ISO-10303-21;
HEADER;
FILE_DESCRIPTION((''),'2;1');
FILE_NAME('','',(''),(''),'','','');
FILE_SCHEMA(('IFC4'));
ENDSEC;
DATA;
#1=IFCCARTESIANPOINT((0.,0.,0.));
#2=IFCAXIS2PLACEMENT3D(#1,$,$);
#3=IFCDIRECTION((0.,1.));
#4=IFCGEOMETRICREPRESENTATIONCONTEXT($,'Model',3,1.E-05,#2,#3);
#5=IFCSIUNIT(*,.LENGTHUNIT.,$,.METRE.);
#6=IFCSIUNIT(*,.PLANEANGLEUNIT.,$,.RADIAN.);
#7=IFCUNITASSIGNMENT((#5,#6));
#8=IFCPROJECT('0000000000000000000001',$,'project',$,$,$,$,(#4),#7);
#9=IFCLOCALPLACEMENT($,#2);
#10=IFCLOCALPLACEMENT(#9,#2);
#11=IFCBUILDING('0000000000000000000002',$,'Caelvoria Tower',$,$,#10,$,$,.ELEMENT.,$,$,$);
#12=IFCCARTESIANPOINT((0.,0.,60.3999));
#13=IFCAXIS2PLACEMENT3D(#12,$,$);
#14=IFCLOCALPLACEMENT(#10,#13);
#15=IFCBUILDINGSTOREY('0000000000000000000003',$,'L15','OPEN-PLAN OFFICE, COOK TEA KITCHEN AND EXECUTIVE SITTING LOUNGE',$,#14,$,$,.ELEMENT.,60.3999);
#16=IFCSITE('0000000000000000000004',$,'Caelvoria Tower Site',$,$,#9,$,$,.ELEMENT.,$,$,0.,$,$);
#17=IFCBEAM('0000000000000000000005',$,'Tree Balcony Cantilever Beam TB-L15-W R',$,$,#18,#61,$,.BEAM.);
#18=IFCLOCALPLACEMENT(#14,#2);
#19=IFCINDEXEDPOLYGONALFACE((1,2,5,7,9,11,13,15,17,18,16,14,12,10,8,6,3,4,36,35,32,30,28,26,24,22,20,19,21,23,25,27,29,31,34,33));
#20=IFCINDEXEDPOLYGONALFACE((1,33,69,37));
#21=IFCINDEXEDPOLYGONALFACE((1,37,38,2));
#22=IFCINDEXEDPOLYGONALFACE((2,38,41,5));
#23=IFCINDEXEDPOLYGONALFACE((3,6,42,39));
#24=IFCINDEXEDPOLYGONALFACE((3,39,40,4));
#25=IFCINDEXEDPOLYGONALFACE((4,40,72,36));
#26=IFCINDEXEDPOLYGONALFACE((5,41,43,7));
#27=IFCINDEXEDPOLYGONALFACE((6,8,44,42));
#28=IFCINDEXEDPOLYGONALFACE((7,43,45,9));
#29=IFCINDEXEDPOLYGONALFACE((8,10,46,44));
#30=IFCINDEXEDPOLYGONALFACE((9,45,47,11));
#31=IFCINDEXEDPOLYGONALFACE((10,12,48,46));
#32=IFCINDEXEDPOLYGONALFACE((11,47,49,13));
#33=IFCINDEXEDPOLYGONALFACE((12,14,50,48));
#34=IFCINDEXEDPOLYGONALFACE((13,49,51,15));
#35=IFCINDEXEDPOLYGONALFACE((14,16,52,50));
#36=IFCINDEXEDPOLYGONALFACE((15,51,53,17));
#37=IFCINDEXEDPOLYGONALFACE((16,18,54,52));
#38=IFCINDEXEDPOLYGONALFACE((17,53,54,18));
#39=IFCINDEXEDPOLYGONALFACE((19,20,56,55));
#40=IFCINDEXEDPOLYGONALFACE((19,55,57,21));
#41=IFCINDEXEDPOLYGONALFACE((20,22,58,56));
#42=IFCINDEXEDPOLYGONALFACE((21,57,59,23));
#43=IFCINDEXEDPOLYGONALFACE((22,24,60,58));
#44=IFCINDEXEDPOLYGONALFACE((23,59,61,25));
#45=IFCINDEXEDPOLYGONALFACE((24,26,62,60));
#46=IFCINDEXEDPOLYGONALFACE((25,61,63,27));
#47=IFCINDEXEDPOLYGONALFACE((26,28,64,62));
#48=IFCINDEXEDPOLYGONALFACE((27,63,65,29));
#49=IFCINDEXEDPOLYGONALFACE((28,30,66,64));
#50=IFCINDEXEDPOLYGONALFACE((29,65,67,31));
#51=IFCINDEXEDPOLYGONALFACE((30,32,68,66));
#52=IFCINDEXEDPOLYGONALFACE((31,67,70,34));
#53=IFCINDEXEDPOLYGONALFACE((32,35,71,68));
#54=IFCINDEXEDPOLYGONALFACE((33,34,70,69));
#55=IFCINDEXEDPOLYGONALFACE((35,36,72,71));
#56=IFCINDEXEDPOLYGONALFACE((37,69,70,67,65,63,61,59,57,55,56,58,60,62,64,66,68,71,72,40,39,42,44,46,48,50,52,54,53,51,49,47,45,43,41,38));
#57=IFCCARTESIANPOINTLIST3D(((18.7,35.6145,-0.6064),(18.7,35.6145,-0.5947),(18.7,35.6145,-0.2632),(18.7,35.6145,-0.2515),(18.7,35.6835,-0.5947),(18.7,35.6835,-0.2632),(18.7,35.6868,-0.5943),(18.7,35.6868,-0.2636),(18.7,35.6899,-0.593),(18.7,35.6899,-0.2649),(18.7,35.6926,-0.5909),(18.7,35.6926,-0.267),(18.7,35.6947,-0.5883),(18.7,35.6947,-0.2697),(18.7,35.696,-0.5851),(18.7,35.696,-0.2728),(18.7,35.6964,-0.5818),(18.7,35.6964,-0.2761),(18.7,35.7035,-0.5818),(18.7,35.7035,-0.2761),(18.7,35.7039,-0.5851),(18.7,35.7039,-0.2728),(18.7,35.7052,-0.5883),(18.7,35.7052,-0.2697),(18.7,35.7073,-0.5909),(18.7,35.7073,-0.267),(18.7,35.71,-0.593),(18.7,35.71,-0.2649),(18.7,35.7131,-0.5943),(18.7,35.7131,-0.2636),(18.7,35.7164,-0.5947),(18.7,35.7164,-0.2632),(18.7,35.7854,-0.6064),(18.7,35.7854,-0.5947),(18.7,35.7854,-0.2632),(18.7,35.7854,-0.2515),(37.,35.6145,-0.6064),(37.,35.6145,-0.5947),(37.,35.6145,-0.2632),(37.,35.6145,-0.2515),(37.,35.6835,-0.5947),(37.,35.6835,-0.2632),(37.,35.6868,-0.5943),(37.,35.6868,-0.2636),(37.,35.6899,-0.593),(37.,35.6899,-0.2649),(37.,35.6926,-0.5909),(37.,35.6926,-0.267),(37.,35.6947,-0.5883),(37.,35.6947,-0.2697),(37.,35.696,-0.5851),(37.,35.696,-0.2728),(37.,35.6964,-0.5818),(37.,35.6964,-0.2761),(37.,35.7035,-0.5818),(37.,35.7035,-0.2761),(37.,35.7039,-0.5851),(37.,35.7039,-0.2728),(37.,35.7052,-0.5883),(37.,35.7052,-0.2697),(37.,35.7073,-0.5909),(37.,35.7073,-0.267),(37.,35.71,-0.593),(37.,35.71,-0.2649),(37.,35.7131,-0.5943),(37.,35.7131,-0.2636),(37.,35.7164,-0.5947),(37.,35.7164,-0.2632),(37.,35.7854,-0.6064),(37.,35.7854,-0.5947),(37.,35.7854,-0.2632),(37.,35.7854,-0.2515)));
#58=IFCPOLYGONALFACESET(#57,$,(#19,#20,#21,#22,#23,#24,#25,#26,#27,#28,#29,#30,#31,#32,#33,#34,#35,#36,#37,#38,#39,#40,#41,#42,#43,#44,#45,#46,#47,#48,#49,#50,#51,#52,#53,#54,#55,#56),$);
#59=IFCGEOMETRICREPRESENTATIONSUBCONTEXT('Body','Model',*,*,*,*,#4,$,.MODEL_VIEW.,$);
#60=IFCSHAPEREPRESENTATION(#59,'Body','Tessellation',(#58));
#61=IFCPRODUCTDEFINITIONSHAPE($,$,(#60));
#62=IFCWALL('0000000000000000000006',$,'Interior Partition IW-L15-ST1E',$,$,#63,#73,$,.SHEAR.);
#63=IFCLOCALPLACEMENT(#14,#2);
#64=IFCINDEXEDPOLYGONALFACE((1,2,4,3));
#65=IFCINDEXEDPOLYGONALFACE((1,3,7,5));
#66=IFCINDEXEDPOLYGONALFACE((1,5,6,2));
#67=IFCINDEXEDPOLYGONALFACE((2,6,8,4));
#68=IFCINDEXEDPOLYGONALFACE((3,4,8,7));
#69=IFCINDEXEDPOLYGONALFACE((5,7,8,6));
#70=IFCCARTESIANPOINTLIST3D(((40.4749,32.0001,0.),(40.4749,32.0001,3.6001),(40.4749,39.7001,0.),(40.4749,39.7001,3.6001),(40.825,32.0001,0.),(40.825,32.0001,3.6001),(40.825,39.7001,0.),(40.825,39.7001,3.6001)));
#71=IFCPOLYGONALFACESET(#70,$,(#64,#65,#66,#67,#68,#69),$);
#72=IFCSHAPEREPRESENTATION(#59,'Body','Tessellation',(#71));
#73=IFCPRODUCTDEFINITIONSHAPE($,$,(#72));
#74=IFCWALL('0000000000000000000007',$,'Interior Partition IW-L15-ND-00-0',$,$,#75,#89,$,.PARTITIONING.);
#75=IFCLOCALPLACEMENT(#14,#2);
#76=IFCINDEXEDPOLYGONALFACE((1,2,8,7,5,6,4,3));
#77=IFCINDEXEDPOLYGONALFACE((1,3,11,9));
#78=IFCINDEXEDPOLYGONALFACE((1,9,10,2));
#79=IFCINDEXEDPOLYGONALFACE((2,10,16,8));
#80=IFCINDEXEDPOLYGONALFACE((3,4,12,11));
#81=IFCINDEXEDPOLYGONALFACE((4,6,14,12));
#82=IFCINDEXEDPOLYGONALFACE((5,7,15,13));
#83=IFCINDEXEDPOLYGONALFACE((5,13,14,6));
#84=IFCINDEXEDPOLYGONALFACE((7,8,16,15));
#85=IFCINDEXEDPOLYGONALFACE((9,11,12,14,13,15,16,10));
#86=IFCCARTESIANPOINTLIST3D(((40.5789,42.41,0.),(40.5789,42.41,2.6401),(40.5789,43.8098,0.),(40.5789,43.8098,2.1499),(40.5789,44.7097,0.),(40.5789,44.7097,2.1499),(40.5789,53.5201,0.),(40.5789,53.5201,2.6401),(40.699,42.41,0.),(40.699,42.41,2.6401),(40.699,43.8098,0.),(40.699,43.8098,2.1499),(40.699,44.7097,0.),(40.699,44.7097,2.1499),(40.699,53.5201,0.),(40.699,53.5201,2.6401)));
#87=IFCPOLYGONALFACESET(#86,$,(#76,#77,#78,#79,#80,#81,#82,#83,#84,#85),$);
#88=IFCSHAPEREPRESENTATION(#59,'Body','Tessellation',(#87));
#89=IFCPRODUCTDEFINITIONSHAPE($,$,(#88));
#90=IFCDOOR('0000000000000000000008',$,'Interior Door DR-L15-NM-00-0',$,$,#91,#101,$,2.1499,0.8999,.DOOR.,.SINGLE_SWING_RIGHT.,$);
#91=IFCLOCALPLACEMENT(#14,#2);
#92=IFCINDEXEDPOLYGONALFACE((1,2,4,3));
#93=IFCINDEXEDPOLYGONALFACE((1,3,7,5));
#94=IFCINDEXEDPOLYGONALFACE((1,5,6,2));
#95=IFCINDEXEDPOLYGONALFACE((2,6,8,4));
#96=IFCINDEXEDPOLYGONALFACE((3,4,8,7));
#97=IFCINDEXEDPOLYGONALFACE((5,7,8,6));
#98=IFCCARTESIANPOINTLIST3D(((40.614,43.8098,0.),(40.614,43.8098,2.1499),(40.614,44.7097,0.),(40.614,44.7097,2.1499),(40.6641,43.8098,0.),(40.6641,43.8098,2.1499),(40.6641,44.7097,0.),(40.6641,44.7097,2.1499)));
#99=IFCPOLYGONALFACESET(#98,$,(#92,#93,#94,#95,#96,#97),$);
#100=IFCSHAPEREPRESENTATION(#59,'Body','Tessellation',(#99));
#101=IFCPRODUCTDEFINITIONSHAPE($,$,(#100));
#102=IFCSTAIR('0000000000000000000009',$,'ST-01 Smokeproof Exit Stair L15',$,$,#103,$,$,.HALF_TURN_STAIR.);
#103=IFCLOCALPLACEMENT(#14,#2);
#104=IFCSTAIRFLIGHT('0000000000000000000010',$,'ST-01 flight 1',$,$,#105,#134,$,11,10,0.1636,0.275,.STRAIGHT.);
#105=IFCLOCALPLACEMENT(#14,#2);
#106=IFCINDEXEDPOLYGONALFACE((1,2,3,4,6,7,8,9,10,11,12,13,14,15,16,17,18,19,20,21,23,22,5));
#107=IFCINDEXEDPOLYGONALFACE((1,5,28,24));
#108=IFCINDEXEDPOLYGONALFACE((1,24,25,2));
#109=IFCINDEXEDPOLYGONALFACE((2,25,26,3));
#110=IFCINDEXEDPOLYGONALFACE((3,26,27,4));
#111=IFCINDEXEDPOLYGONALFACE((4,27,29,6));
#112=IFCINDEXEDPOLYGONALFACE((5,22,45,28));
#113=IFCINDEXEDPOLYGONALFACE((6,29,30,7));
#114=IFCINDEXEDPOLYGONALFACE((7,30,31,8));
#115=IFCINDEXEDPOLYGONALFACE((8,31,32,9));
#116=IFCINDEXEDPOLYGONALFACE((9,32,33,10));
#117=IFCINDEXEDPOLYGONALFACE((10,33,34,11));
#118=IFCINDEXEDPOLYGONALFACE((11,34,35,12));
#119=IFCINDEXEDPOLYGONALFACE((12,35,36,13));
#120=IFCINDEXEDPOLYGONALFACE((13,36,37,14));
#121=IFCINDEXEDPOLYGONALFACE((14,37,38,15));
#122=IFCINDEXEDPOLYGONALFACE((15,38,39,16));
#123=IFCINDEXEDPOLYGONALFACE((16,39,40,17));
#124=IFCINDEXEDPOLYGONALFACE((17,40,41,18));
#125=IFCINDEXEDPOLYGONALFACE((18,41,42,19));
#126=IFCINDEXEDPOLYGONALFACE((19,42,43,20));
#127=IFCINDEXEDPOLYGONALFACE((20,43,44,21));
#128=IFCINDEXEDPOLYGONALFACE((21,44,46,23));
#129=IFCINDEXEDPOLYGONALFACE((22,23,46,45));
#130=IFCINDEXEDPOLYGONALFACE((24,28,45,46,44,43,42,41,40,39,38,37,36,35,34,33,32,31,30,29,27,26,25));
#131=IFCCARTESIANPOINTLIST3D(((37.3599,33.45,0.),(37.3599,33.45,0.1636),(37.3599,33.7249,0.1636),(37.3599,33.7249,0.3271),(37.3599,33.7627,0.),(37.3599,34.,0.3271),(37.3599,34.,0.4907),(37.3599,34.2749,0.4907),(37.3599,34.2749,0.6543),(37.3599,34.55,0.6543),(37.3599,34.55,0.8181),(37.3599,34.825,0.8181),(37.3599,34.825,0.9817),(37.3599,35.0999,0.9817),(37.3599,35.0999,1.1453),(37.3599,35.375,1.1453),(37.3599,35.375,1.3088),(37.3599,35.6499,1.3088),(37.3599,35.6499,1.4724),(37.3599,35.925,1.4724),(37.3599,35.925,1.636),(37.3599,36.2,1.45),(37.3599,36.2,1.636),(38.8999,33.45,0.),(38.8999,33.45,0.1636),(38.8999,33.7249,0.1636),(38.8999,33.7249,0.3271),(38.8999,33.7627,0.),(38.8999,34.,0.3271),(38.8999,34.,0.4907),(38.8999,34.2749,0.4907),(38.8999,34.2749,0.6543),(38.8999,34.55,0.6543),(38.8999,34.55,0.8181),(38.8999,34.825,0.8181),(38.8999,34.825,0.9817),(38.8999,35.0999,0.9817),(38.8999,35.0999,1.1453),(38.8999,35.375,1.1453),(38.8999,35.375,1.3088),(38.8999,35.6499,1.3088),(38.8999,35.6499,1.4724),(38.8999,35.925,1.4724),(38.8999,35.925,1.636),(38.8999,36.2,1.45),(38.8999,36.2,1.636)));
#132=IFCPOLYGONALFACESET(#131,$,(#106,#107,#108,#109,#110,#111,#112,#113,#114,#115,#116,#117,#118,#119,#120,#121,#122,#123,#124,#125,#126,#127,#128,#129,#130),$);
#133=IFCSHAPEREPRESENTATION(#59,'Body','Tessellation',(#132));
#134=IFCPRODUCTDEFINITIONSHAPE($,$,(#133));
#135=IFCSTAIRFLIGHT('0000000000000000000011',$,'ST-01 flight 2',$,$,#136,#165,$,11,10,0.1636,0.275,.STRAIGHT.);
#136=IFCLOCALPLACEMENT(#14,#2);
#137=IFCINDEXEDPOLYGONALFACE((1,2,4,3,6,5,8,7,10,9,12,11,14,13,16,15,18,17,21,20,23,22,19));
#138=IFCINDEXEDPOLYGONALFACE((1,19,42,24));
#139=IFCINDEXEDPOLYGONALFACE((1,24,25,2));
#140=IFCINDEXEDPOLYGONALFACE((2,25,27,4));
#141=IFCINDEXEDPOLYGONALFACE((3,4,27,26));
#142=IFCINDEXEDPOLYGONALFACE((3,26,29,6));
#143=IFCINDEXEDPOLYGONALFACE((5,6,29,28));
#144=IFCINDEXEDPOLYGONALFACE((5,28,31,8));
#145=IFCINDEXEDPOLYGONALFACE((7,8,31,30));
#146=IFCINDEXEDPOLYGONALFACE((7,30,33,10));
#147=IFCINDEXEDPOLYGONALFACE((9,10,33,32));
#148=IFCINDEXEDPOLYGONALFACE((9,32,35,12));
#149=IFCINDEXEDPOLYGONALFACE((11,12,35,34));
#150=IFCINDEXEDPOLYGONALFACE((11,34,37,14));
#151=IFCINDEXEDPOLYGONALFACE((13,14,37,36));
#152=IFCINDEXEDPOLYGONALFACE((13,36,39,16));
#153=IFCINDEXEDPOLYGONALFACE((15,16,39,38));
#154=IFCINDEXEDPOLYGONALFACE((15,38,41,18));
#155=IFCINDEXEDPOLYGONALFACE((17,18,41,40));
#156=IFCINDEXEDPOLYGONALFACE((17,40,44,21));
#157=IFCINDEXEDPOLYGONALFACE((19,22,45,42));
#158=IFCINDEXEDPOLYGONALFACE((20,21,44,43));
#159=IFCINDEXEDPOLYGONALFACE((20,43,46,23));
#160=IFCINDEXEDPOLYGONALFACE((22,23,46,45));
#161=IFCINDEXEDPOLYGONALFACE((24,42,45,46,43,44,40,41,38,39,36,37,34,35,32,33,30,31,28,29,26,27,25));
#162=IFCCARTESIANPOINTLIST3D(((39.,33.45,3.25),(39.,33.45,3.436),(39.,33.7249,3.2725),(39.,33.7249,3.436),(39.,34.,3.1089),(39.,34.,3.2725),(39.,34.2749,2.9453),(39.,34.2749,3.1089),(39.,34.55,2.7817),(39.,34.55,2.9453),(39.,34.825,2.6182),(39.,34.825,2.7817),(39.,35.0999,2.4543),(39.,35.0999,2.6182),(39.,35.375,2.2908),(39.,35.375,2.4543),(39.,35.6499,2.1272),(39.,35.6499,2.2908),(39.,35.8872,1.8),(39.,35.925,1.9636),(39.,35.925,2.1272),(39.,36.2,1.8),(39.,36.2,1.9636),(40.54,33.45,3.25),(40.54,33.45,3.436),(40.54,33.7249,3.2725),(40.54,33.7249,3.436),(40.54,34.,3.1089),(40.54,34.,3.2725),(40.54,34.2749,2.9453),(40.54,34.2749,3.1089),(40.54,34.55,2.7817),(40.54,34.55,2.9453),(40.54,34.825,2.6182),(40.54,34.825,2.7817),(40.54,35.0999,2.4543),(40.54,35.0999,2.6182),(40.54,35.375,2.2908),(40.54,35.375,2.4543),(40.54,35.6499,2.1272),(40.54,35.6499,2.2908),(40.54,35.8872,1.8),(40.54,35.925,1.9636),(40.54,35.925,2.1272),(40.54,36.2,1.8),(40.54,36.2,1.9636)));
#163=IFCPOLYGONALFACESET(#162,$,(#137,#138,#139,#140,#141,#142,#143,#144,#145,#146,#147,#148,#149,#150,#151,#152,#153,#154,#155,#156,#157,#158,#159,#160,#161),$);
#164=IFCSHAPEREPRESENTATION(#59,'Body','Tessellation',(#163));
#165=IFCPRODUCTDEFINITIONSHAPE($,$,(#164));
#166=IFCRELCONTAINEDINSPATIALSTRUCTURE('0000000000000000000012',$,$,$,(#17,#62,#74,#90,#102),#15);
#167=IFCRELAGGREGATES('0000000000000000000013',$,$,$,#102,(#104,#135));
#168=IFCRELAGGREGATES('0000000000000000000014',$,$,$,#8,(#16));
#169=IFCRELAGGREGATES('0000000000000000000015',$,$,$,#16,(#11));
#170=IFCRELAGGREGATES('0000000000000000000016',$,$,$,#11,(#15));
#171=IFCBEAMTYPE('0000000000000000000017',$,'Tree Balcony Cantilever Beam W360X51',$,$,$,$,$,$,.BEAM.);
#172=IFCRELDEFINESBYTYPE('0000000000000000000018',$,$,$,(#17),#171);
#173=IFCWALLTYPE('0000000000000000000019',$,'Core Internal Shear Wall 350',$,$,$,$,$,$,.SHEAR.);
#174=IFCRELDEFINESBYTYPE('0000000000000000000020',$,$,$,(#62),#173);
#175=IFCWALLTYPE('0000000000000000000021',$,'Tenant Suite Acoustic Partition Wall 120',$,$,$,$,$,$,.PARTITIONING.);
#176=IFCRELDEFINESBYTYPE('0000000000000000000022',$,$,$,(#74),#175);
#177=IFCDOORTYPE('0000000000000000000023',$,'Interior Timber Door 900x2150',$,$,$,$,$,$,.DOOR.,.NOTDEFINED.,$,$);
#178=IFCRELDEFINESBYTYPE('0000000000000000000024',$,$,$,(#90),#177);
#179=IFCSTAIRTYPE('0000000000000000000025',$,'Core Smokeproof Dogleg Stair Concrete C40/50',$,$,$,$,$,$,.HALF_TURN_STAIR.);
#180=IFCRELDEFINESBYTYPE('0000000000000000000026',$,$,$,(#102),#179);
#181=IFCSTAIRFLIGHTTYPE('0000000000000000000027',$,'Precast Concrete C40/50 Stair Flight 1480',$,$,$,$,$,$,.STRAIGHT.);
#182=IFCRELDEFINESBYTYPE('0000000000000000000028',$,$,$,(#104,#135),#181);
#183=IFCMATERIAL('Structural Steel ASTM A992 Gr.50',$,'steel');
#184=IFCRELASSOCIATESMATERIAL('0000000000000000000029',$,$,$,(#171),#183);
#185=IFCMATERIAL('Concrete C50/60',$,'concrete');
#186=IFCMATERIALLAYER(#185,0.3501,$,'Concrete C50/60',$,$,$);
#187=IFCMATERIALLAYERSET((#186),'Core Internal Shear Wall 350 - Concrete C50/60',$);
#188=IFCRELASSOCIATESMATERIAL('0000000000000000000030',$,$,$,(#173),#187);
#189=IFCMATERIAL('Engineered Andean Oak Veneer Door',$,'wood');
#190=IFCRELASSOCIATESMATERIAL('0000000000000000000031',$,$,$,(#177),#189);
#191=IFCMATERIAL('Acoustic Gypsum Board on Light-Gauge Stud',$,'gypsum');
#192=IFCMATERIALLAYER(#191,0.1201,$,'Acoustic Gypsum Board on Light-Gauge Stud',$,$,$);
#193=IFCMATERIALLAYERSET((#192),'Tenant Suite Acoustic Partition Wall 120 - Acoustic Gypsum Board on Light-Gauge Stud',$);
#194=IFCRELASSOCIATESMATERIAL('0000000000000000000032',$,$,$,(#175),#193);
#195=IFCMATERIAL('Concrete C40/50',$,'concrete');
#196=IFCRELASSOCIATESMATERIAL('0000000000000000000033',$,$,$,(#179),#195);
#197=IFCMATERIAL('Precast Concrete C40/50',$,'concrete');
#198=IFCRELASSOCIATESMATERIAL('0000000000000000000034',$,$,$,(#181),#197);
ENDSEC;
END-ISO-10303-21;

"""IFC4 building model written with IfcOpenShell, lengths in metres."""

from ifc_helpers import new_model, si_unit, direction, frame, frame_2d, origin, origin_2d, place, context, subcontext, project, spatial, polyline, rectangle, i_section, outline, extrude, material, layer, layer_set, material_profile, profile_set, type_object, element, fill, aggregate, save


model = new_model("IFC4")

# Units and contexts
model_context = context("Model", 3, precision=1e-05, world=origin(), true_north=direction((0.0, 1.0)))
body_context = subcontext(model_context, "Body", "Model", "MODEL_VIEW")
ifc_project = project(units=[si_unit("LENGTHUNIT", "METRE"), si_unit("PLANEANGLEUNIT", "RADIAN")], contexts=[model_context])

# Site, building, storey
site_placement = place(None, origin())
site = spatial("IfcSite", under=ifc_project, at=site_placement, Name="Caelvoria Tower Site", CompositionType="ELEMENT", RefElevation=0.0)
building_placement = place(site_placement, origin())
building = spatial("IfcBuilding", under=site, at=building_placement, Name="Caelvoria Tower", CompositionType="ELEMENT")
storey_placement = place(building_placement, frame((0.0, 0.0, 60.3999)))
storey = spatial("IfcBuildingStorey", under=building, at=storey_placement, Name="L15", Description="OPEN-PLAN OFFICE, COOK TEA KITCHEN AND EXECUTIVE SITTING LOUNGE", CompositionType="ELEMENT", Elevation=60.3999)

# Beam
ifc_material_1 = material(Name="Structural Steel ASTM A992 Gr.50", Category="steel")
ifc_material_profile_1 = material_profile(ifc_material_1, i_section(OverallWidth=0.1709, OverallDepth=0.355, WebThickness=0.0071, FlangeThickness=0.0117, FilletRadius=0.0129, at=origin_2d()), Name="Structural Steel ASTM A992 Gr.50")
ifc_profile_set_1 = profile_set([ifc_material_profile_1], Name="W360X51 - Structural Steel ASTM A992 Gr.50")
beam_type_1 = type_object("IfcBeamType", Name="Tree Balcony Cantilever Beam W360X51", PredefinedType="BEAM", material=ifc_profile_set_1)
beam_1_placement = place(storey_placement, frame((37.0, 35.7, -0.429), z_axis=(-1.0, 0.0, 0.0), x_axis=(0.0, -1.0, 0.0)))
element("IfcBeam", 1, at=beam_1_placement, inside=storey, type_object=beam_type_1, Name="Tree Balcony Cantilever Beam TB-L15-W R", PredefinedType="BEAM", context=body_context, shape_type="SweptSolid", body=[
    extrude(i_section(OverallWidth=0.1709, OverallDepth=0.355, WebThickness=0.0071, FlangeThickness=0.0117, FilletRadius=0.0129, at=origin_2d()), origin(), (0.0, 0.0, 1.0), 18.3),
])

# Shared definitions
ifc_material_2 = material(Name="Concrete C50/60", Category="concrete")
ifc_layer_1 = layer(ifc_material_2, 0.3501, Name="Concrete C50/60")
ifc_layer_set_1 = layer_set([ifc_layer_1], Name="Core Internal Shear Wall 350 - Concrete C50/60")
wall_type_1 = type_object("IfcWallType", Name="Core Internal Shear Wall 350", PredefinedType="SHEAR", material=ifc_layer_set_1)

# Wall
wall_1_placement = place(storey_placement, frame((40.6499, 32.0, 0.0), z_axis=(0.0, 0.0, 1.0), x_axis=(0.0, 1.0, 0.0)))
element("IfcWall", 2, at=wall_1_placement, inside=storey, type_object=wall_type_1, Name="Interior Partition IW-L15-ST1E", PredefinedType="SHEAR", context=body_context, shape_type="SweptSolid", body=[
    extrude(rectangle(XDim=7.7, YDim=0.3501, at=frame_2d((3.8501, 0.0))), origin(), (0.0, 0.0, 1.0), 3.6001),
])

# Shared definitions
ifc_material_3 = material(Name="Engineered Andean Oak Veneer Door", Category="wood")
door_type_1 = type_object("IfcDoorType", Name="Interior Timber Door 900x2150", OperationType="NOTDEFINED", PredefinedType="DOOR", material=ifc_material_3)

# Wall, opening, door
ifc_material_4 = material(Name="Acoustic Gypsum Board on Light-Gauge Stud", Category="gypsum")
ifc_layer_2 = layer(ifc_material_4, 0.1201, Name="Acoustic Gypsum Board on Light-Gauge Stud")
ifc_layer_set_2 = layer_set([ifc_layer_2], Name="Tenant Suite Acoustic Partition Wall 120 - Acoustic Gypsum Board on Light-Gauge Stud")
wall_type_2 = type_object("IfcWallType", Name="Tenant Suite Acoustic Partition Wall 120", PredefinedType="PARTITIONING", material=ifc_layer_set_2)
wall_2_placement = place(storey_placement, frame((40.6389, 42.4099, 0.0), z_axis=(0.0, 0.0, 1.0), x_axis=(0.0, 1.0, 0.0)))
wall_2 = element("IfcWall", 3, at=wall_2_placement, inside=storey, type_object=wall_type_2, Name="Interior Partition IW-L15-ND-00-0", PredefinedType="PARTITIONING", context=body_context, shape_type="SweptSolid", body=[
    extrude(rectangle(XDim=11.1101, YDim=0.1201, at=frame_2d((5.5552, 0.0))), origin(), (0.0, 0.0, 1.0), 2.6401),
])
opening_1_placement = place(wall_2_placement, frame((1.3999, 0.0, 0.0)))
opening_1 = element("IfcOpeningElement", 4, at=opening_1_placement, cuts=wall_2, PredefinedType="OPENING", context=body_context, shape_type="SweptSolid", body=[
    extrude(rectangle(XDim=0.8999, YDim=2.1499, at=frame_2d((0.45, 1.075))), frame((0.0, 0.0701, 0.0), z_axis=(0.0, -1.0, 0.0), x_axis=(1.0, 0.0, 0.0)), (0.0, 0.0, 1.0), 0.1401),
])
door_1_placement = place(opening_1_placement, origin())
door_1 = element("IfcDoor", 5, at=door_1_placement, inside=storey, type_object=door_type_1, Name="Interior Door DR-L15-NM-00-0", OperationType="SINGLE_SWING_RIGHT", OverallHeight=2.1499, OverallWidth=0.8999, PredefinedType="DOOR", context=body_context, shape_type="SweptSolid", body=[
    extrude(rectangle(XDim=0.8999, YDim=2.1499, at=frame_2d((0.45, 1.075))), frame((0.0, 0.0249, 0.0), z_axis=(0.0, -1.0, 0.0), x_axis=(1.0, 0.0, 0.0)), (0.0, 0.0, 1.0), 0.05),
])
fill(opening_1, door_1)

# Stair, stair flights
ifc_material_5 = material(Name="Concrete C40/50", Category="concrete")
stair_type = type_object("IfcStairType", Name="Core Smokeproof Dogleg Stair Concrete C40/50", PredefinedType="HALF_TURN_STAIR", material=ifc_material_5)
stair_placement = place(storey_placement, origin())
stair = element("IfcStair", 6, at=stair_placement, inside=storey, type_object=stair_type, Name="ST-01 Smokeproof Exit Stair L15", PredefinedType="HALF_TURN_STAIR")
ifc_material_6 = material(Name="Precast Concrete C40/50", Category="concrete")
stair_flight_type = type_object("IfcStairFlightType", Name="Precast Concrete C40/50 Stair Flight 1480", PredefinedType="STRAIGHT", material=ifc_material_6)
stair_flight_1_placement = place(storey_placement, frame((38.1299, 33.45, 0.0), z_axis=(0.0, 0.0, 1.0), x_axis=(0.0, 1.0, 0.0)))
stair_flight_1 = element("IfcStairFlight", 7, at=stair_flight_1_placement, type_object=stair_flight_type, Name="ST-01 flight 1", NumberOfRisers=11, NumberOfTreads=10, PredefinedType="STRAIGHT", RiserHeight=0.1636, TreadLength=0.275, context=body_context, shape_type="SweptSolid", body=[
    extrude(outline(polyline([(0.0, 0.0), (0.0, 0.1636), (0.2749, 0.1636), (0.2749, 0.3271), (0.55, 0.3271), (0.55, 0.4907), (0.825, 0.4907), (0.825, 0.6543), (1.1001, 0.6543), (1.1001, 0.8181), (1.375, 0.8181), (1.375, 0.9817), (1.6499, 0.9817), (1.6499, 1.1453), (1.925, 1.1453), (1.925, 1.3088), (2.2, 1.3088), (2.2, 1.4724), (2.4751, 1.4724), (2.4751, 1.636), (2.75, 1.636), (2.75, 1.7996), (2.75, 1.45), (0.3127, 0.0), (0.0, 0.0)])), frame((0.0, 0.77, 0.0), z_axis=(0.0, -1.0, 0.0), x_axis=(1.0, 0.0, 0.0)), (0.0, 0.0, 1.0), 1.54),
])
stair_flight_2_placement = place(storey_placement, frame((39.77, 36.2, 1.8), z_axis=(0.0, 0.0, 1.0), x_axis=(0.0, -1.0, 0.0)))
stair_flight_2 = element("IfcStairFlight", 8, at=stair_flight_2_placement, type_object=stair_flight_type, Name="ST-01 flight 2", NumberOfRisers=11, NumberOfTreads=10, PredefinedType="STRAIGHT", RiserHeight=0.1636, TreadLength=0.275, context=body_context, shape_type="SweptSolid", body=[
    extrude(outline(polyline([(0.0, 0.0), (0.0, 0.1636), (0.2749, 0.1636), (0.2749, 0.3271), (0.55, 0.3271), (0.55, 0.4907), (0.825, 0.4907), (0.825, 0.6543), (1.1001, 0.6543), (1.1001, 0.8181), (1.375, 0.8181), (1.375, 0.9817), (1.6499, 0.9817), (1.6499, 1.1453), (1.925, 1.1453), (1.925, 1.3088), (2.2, 1.3088), (2.2, 1.4724), (2.4751, 1.4724), (2.4751, 1.636), (2.75, 1.636), (2.75, 1.7996), (2.75, 1.45), (0.3127, 0.0), (0.0, 0.0)])), frame((0.0, 0.77, 0.0), z_axis=(0.0, -1.0, 0.0), x_axis=(1.0, 0.0, 0.0)), (0.0, 0.0, 1.0), 1.54),
])
aggregate(stair, [stair_flight_1, stair_flight_2])

save(model, "model.ifc")
